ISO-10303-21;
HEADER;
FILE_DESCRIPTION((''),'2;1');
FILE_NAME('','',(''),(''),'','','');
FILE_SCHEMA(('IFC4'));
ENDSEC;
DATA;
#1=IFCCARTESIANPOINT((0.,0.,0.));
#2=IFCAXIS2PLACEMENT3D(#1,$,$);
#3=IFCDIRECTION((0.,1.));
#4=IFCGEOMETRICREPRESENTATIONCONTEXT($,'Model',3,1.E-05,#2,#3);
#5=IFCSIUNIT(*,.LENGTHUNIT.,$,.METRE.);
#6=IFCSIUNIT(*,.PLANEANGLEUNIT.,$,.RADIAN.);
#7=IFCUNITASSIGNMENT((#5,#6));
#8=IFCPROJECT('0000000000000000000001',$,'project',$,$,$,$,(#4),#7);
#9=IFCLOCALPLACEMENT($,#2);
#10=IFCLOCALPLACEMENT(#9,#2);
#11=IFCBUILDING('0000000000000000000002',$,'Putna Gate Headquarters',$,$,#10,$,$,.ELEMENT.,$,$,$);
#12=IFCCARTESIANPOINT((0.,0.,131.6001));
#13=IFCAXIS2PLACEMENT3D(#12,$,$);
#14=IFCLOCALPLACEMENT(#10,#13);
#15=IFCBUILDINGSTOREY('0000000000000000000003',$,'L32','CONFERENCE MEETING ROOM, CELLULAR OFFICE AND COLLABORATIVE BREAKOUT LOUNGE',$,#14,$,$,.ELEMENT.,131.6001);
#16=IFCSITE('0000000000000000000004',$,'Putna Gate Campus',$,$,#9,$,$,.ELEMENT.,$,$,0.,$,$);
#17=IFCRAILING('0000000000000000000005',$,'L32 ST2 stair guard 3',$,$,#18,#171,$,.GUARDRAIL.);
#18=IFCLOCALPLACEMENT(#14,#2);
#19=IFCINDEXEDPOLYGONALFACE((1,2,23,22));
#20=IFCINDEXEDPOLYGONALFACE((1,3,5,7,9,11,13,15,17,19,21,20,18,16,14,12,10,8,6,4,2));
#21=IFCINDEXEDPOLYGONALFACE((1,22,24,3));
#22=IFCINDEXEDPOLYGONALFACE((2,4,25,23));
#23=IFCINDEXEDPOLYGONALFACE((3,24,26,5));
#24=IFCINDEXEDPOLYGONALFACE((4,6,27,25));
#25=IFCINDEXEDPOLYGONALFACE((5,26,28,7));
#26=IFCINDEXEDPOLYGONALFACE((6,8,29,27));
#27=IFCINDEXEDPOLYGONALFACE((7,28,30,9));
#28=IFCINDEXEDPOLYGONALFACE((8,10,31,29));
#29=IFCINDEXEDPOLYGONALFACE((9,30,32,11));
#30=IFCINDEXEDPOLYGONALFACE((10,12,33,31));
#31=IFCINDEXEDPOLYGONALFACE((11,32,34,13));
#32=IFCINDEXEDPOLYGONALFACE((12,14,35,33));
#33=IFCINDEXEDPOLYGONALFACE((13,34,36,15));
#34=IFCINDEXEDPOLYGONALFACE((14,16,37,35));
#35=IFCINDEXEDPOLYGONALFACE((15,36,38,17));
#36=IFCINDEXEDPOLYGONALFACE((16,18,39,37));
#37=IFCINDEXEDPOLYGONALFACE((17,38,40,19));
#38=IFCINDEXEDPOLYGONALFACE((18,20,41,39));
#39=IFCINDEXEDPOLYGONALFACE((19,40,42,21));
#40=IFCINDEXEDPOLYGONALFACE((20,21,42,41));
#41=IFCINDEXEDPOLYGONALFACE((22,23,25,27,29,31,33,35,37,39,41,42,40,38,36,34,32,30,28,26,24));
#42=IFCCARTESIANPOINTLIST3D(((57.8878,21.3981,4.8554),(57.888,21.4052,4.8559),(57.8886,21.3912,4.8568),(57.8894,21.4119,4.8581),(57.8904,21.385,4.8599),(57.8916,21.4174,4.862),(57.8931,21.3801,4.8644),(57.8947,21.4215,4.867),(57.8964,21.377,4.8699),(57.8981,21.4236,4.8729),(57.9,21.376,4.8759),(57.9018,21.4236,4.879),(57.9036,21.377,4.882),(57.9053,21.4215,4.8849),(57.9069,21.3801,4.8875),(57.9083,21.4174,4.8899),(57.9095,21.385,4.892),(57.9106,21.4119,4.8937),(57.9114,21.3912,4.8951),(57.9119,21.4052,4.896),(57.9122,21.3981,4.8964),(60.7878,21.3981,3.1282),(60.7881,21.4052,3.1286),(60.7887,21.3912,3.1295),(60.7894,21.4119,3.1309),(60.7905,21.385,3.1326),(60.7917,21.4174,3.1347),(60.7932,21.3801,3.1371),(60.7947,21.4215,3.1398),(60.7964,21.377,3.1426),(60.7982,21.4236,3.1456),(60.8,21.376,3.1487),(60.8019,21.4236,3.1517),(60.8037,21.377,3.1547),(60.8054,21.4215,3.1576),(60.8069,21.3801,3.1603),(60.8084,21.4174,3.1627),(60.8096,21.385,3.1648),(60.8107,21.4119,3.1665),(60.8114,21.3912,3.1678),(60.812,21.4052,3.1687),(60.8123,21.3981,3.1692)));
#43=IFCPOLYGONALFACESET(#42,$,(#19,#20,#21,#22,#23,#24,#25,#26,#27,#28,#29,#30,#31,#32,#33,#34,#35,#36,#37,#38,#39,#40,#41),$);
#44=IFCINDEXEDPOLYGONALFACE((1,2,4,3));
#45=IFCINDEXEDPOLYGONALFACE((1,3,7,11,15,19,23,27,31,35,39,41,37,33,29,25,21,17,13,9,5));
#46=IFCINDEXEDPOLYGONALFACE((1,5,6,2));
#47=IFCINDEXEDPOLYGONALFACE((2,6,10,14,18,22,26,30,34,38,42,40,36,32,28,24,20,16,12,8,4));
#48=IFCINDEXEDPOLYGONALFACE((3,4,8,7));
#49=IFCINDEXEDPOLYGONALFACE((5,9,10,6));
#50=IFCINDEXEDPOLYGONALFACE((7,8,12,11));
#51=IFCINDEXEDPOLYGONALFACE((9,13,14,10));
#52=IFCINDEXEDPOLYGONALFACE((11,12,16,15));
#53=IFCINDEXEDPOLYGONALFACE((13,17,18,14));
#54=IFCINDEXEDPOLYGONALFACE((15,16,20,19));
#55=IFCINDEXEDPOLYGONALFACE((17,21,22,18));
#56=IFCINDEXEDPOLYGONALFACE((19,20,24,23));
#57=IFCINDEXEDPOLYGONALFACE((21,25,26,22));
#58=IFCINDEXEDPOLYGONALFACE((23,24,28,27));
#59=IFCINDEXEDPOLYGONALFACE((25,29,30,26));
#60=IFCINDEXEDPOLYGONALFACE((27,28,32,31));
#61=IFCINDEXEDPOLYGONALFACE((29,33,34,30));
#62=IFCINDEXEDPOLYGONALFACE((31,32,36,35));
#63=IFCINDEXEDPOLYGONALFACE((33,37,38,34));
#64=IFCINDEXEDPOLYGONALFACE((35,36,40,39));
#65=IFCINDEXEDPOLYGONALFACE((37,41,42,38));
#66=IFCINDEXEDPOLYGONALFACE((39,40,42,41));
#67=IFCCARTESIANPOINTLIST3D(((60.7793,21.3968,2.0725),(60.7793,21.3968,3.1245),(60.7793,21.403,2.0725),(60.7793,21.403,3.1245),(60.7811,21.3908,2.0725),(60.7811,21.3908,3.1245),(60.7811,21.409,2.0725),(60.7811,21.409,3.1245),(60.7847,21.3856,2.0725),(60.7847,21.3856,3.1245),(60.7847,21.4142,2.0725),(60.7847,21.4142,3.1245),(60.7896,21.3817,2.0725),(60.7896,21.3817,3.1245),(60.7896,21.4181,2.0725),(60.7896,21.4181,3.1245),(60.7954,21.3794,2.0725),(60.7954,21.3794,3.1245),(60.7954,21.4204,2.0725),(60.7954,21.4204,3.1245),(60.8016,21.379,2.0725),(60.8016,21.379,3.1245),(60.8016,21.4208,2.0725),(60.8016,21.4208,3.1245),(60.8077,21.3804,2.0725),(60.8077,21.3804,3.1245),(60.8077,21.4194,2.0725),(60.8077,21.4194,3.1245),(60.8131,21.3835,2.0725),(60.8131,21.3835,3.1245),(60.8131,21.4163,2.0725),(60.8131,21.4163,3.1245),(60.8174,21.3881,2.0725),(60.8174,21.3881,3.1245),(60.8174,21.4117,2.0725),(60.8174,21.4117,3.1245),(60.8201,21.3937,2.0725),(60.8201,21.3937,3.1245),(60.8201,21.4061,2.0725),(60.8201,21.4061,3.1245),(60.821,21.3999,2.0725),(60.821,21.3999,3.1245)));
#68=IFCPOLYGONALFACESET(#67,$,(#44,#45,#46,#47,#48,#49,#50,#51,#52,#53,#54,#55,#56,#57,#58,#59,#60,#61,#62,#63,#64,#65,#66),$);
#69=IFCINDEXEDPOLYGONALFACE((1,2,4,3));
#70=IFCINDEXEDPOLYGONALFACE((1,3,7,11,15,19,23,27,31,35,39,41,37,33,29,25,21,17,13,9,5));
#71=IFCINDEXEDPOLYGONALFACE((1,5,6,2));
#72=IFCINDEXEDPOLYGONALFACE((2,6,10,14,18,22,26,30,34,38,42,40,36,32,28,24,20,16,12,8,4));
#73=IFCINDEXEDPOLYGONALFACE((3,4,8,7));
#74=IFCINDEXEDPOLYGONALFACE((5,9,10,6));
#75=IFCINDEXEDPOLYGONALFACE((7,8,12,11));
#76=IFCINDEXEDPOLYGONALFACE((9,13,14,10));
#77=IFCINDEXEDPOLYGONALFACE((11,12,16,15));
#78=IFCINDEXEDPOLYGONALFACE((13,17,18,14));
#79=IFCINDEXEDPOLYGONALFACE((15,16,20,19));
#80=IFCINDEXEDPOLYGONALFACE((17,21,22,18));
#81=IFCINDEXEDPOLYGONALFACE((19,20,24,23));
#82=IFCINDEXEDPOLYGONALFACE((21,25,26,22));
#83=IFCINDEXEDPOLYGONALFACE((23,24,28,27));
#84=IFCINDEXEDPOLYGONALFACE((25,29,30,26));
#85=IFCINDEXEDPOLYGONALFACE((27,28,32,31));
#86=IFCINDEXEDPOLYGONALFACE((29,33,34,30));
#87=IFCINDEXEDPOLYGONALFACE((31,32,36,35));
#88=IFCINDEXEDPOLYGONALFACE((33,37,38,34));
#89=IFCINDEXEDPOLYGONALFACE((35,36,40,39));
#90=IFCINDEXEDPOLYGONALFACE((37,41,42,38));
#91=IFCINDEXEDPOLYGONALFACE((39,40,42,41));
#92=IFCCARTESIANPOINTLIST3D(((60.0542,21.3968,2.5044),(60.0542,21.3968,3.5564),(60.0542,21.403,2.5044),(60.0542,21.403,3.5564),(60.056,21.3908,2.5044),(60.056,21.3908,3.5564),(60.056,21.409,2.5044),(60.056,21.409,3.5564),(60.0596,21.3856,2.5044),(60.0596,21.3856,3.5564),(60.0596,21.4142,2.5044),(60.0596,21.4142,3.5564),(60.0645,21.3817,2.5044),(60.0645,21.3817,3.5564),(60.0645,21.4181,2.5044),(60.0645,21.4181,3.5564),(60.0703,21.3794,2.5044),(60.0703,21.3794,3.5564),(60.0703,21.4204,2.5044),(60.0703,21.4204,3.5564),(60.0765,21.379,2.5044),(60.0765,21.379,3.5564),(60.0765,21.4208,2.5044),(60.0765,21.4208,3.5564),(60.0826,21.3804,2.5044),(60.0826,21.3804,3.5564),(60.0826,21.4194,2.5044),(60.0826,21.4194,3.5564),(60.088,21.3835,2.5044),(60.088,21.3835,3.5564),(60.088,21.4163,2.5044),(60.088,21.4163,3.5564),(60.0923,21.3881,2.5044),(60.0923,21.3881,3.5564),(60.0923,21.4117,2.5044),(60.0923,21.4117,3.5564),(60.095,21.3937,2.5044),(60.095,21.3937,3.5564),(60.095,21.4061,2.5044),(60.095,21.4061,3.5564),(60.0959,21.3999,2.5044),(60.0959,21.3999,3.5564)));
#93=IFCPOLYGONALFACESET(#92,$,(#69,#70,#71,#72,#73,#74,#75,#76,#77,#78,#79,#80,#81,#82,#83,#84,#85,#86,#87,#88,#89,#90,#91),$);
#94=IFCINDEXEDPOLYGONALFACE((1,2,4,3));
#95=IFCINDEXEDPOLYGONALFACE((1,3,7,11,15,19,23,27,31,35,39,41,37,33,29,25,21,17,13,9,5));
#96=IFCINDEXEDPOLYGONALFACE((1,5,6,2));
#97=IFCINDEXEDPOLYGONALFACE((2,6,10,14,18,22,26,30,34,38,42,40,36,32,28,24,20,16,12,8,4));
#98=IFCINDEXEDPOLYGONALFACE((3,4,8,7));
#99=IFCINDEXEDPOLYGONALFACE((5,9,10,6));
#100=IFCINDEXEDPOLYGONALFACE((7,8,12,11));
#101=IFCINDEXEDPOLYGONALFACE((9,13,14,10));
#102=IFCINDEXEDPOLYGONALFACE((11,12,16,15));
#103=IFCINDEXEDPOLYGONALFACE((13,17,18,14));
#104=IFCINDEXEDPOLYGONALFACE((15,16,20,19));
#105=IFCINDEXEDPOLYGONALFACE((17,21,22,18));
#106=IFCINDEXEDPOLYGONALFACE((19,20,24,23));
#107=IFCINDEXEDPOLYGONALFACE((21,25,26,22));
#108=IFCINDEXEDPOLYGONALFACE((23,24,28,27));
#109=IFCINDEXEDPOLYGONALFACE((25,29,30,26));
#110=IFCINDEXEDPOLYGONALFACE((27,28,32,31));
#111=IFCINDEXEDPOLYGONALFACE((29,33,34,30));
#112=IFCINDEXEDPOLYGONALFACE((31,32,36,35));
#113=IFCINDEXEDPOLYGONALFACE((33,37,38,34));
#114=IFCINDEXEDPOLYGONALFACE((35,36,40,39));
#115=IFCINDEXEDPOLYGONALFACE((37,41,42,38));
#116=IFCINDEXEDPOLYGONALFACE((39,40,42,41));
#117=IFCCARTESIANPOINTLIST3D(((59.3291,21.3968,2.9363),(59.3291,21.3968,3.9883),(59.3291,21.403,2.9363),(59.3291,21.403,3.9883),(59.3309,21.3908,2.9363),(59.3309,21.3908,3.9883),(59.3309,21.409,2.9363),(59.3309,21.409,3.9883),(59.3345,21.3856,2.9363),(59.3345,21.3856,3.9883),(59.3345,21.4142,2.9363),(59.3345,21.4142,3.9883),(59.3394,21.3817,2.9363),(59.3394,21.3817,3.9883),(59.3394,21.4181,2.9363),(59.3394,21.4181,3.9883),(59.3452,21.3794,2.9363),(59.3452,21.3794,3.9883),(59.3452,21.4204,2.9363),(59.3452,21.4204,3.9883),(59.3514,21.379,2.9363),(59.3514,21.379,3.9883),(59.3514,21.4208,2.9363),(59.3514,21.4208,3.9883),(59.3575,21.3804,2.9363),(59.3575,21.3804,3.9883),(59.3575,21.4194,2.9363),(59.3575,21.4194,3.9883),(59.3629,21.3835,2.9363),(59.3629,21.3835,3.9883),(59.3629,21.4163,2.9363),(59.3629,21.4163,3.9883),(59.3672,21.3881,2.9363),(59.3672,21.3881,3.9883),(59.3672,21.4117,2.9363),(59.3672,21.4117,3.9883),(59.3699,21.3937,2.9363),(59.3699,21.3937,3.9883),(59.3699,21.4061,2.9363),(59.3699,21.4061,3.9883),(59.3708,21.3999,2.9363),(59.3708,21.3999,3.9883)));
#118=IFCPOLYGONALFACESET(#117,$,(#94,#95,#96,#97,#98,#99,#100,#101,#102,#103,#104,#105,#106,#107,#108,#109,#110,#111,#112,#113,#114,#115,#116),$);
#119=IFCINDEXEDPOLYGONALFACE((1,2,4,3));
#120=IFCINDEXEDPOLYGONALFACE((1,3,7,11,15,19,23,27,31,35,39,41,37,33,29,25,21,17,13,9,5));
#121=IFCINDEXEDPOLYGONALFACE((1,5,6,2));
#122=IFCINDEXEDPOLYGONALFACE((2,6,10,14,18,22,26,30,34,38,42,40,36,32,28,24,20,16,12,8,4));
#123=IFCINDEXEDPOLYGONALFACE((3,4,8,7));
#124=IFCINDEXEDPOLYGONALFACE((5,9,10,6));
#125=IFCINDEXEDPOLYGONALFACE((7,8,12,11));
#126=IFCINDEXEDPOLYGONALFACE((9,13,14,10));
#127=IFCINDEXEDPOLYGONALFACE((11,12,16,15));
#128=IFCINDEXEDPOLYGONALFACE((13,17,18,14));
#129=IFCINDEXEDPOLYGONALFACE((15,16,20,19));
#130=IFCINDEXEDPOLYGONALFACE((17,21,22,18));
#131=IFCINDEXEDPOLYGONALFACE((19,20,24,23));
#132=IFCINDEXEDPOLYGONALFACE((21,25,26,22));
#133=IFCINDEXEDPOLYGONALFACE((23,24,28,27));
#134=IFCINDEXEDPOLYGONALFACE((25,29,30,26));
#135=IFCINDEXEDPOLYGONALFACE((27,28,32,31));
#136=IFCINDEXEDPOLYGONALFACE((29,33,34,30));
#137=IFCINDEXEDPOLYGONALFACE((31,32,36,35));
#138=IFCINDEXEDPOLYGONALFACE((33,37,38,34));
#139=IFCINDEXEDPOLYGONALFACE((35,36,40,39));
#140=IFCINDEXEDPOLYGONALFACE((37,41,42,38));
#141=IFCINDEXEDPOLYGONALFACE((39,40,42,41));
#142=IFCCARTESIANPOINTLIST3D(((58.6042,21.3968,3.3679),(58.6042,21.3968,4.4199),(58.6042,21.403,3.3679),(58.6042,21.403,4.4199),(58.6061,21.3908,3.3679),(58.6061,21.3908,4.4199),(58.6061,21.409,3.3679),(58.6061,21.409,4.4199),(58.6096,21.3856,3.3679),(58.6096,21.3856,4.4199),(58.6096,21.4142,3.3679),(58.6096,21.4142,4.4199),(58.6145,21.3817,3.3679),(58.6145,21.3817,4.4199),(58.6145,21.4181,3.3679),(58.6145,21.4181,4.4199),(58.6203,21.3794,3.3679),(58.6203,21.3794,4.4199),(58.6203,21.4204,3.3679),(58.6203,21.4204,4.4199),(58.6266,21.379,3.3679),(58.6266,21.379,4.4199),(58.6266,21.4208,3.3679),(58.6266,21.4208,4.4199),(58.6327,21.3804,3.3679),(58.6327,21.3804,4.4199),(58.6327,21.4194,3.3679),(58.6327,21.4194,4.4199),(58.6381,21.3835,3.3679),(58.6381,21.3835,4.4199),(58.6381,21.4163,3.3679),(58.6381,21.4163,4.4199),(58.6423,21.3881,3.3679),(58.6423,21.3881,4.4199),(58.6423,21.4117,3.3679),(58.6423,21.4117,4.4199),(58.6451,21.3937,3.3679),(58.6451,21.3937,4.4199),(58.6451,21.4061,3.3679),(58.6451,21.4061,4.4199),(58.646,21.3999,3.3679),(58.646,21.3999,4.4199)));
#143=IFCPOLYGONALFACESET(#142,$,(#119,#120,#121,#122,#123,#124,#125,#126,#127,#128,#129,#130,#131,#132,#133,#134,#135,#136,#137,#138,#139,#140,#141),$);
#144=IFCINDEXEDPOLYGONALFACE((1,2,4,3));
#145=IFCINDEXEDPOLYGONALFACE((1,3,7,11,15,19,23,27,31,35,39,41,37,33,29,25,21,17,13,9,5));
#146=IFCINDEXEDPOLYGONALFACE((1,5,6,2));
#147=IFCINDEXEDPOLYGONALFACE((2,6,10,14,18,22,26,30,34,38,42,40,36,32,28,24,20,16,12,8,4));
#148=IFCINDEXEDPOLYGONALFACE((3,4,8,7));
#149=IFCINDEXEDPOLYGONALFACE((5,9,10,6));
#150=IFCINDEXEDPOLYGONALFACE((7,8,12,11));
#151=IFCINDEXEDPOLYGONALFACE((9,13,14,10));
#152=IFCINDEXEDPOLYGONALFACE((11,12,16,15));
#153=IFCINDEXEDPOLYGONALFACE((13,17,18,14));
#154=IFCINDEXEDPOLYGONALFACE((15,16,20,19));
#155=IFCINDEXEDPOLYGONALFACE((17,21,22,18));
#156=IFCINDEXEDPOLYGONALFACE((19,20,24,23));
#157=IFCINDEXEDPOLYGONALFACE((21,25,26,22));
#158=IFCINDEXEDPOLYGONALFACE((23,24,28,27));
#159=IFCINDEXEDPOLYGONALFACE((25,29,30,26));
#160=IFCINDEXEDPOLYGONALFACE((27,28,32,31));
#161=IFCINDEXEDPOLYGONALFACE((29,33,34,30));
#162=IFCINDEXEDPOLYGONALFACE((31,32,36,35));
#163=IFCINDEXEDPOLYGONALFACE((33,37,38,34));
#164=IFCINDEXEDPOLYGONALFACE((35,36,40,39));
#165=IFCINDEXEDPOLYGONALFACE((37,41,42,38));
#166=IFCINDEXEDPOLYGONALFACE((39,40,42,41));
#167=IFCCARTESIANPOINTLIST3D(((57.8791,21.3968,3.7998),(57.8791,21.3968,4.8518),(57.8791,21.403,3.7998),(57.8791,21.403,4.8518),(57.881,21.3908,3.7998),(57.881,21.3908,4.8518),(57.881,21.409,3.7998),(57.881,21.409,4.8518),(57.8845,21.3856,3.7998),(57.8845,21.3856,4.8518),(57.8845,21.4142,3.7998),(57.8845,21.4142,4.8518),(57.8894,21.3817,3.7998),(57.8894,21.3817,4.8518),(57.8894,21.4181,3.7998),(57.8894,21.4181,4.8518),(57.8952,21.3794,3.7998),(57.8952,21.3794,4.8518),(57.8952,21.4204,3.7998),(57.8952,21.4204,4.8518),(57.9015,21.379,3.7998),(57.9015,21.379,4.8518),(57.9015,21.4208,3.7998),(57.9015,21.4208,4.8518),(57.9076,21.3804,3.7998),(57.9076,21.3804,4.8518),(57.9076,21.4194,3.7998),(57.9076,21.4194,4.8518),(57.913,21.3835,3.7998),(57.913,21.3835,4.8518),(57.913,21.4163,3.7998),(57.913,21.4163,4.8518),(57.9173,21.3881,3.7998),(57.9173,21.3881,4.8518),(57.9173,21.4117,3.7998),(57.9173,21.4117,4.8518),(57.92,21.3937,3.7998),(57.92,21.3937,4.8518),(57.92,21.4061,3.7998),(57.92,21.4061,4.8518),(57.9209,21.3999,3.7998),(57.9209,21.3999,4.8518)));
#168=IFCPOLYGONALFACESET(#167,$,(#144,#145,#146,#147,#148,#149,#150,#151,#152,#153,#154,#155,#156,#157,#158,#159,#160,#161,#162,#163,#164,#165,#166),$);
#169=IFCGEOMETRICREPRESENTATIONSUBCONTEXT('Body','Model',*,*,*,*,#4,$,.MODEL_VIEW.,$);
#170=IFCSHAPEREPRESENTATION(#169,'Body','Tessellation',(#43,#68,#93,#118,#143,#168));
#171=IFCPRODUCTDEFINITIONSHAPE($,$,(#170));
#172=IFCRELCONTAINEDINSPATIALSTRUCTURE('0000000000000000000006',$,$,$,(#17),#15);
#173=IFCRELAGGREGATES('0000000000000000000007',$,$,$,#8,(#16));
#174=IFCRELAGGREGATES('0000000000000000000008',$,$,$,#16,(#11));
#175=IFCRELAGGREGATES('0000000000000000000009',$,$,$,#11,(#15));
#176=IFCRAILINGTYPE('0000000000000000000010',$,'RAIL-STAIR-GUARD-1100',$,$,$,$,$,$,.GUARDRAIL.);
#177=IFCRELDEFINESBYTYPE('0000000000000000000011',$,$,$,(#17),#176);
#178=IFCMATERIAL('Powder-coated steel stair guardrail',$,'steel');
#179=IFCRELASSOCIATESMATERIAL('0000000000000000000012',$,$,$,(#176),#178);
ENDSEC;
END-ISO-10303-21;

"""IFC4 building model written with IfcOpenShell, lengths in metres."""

from ifc_helpers import new_model, si_unit, direction, frame, origin, origin_2d, place, context, subcontext, project, spatial, circle, extrude, material, type_object, element, save


model = new_model("IFC4")

# Units and contexts
model_context = context("Model", 3, precision=1e-05, world=origin(), true_north=direction((0.0, 1.0)))
body_context = subcontext(model_context, "Body", "Model", "MODEL_VIEW")
ifc_project = project(units=[si_unit("LENGTHUNIT", "METRE"), si_unit("PLANEANGLEUNIT", "RADIAN")], contexts=[model_context])

# Site, building, storey
site_placement = place(None, origin())
site = spatial("IfcSite", under=ifc_project, at=site_placement, Name="Putna Gate Campus", CompositionType="ELEMENT", RefElevation=0.0)
building_placement = place(site_placement, origin())
building = spatial("IfcBuilding", under=site, at=building_placement, Name="Putna Gate Headquarters", CompositionType="ELEMENT")
storey_placement = place(building_placement, frame((0.0, 0.0, 131.6001)))
storey = spatial("IfcBuildingStorey", under=building, at=storey_placement, Name="L32", Description="CONFERENCE MEETING ROOM, CELLULAR OFFICE AND COLLABORATIVE BREAKOUT LOUNGE", CompositionType="ELEMENT", Elevation=131.6001)

# Railing
ifc_material_1 = material(Name="Powder-coated steel stair guardrail", Category="steel")
railing_type_1 = type_object("IfcRailingType", Name="RAIL-STAIR-GUARD-1100", PredefinedType="GUARDRAIL", material=ifc_material_1)
railing_1_placement = place(storey_placement, frame((60.8, 21.3999, 2.0725)))
element("IfcRailing", 1, at=railing_1_placement, inside=storey, type_object=railing_type_1, Name="L32 ST2 stair guard 3", PredefinedType="GUARDRAIL", context=body_context, shape_type="SweptSolid", body=[
    extrude(circle(Radius=0.0239, at=origin_2d()), frame((0.0, 0.0, 1.0762), z_axis=(-0.85916, 0.0, 0.511706), x_axis=(0.0, -1.0, 0.0)), (0.0, 0.0, 1.0), 3.3755),
    extrude(circle(Radius=0.021, at=origin_2d()), origin(), (0.0, 0.0, 1.0), 1.052),
    extrude(circle(Radius=0.021, at=origin_2d()), frame((-0.7251, 0.0, 0.4319)), (0.0, 0.0, 1.0), 1.052),
    extrude(circle(Radius=0.021, at=origin_2d()), frame((-1.4502, 0.0, 0.8638)), (0.0, 0.0, 1.0), 1.052),
    extrude(circle(Radius=0.021, at=origin_2d()), frame((-2.175, 0.0, 1.2954)), (0.0, 0.0, 1.0), 1.052),
    extrude(circle(Radius=0.021, at=origin_2d()), frame((-2.9001, 0.0, 1.7273)), (0.0, 0.0, 1.0), 1.052),
])

save(model, "model.ifc")
